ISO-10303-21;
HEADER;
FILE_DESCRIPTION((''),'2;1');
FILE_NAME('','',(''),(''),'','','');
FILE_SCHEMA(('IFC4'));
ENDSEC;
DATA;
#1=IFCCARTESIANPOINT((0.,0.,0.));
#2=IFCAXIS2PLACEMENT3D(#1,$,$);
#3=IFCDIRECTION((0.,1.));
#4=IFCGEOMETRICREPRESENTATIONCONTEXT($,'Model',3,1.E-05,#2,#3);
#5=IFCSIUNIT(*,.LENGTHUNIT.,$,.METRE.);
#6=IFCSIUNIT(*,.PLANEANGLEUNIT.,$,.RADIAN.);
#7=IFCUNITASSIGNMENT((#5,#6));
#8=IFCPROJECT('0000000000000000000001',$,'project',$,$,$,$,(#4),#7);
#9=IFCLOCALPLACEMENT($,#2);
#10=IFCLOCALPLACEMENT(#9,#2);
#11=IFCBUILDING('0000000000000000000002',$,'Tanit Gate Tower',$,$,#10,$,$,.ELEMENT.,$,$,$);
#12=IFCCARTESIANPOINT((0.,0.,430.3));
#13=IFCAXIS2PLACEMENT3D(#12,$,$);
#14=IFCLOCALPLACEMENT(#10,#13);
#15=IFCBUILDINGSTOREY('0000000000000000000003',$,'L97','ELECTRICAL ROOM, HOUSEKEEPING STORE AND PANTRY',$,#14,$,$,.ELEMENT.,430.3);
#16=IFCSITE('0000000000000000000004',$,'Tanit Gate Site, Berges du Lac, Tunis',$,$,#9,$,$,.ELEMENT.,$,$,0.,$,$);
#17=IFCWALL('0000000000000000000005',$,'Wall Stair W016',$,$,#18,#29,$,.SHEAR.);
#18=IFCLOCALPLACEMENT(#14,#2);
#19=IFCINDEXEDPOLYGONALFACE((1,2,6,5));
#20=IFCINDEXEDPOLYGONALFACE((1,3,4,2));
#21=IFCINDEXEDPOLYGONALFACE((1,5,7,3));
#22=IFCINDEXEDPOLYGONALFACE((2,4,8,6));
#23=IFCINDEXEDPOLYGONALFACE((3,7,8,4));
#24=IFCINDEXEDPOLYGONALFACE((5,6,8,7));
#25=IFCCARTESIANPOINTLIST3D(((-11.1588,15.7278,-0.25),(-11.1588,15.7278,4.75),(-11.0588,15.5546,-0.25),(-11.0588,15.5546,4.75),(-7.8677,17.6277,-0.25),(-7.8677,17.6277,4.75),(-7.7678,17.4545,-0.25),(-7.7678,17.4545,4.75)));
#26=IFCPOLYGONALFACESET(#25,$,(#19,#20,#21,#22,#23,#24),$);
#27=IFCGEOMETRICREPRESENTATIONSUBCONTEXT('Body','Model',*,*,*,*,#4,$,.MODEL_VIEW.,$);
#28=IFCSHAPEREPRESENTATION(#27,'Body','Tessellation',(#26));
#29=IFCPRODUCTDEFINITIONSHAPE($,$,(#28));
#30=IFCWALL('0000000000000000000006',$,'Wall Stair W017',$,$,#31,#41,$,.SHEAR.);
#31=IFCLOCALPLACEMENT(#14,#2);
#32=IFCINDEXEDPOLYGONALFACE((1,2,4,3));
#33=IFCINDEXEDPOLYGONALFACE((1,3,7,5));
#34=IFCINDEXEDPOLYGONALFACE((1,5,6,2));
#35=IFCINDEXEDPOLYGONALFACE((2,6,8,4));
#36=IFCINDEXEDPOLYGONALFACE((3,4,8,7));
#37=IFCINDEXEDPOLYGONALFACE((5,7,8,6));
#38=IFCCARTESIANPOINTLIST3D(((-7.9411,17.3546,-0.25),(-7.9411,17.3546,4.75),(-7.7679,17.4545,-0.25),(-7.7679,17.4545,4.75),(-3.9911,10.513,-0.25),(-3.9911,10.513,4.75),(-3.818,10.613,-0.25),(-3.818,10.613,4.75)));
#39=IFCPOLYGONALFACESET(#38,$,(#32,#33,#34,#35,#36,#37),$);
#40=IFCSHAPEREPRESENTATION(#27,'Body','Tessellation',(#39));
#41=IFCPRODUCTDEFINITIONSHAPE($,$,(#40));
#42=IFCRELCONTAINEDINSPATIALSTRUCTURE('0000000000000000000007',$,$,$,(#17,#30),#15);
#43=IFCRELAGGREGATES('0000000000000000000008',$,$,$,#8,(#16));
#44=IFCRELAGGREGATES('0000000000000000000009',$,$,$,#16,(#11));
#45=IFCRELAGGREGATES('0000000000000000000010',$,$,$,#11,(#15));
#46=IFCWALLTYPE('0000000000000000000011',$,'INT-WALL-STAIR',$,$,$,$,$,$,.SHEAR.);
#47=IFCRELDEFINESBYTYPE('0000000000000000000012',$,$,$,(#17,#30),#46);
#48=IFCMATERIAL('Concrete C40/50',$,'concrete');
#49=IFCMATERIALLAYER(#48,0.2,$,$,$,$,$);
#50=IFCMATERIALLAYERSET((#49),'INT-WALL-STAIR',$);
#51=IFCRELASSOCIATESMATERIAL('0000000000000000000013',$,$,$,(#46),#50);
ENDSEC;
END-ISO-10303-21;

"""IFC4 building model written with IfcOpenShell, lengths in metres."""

from ifc_helpers import new_model, si_unit, direction, frame, frame_2d, origin, place, context, subcontext, project, spatial, rectangle, extrude, material, layer, layer_set, type_object, element, save


model = new_model("IFC4")

# Units and contexts
model_context = context("Model", 3, precision=1e-05, world=origin(), true_north=direction((0.0, 1.0)))
body_context = subcontext(model_context, "Body", "Model", "MODEL_VIEW")
ifc_project = project(units=[si_unit("LENGTHUNIT", "METRE"), si_unit("PLANEANGLEUNIT", "RADIAN")], contexts=[model_context])

# Site, building, storey
site_placement = place(None, origin())
site = spatial("IfcSite", under=ifc_project, at=site_placement, Name="Tanit Gate Site, Berges du Lac, Tunis", CompositionType="ELEMENT", RefElevation=0.0)
building_placement = place(site_placement, origin())
building = spatial("IfcBuilding", under=site, at=building_placement, Name="Tanit Gate Tower", CompositionType="ELEMENT")
storey_placement = place(building_placement, frame((0.0, 0.0, 430.3)))
storey = spatial("IfcBuildingStorey", under=building, at=storey_placement, Name="L97", Description="ELECTRICAL ROOM, HOUSEKEEPING STORE AND PANTRY", CompositionType="ELEMENT", Elevation=430.3)

# Walls
ifc_material_1 = material(Name="Concrete C40/50", Category="concrete")
ifc_layer_1 = layer(ifc_material_1, 0.2)
ifc_layer_set_1 = layer_set([ifc_layer_1], Name="INT-WALL-STAIR")
wall_type_1 = type_object("IfcWallType", Name="INT-WALL-STAIR", PredefinedType="SHEAR", material=ifc_layer_set_1)
wall_1_placement = place(storey_placement, frame((-7.8179, 17.541, -0.25), z_axis=(0.0, 0.0, 1.0), x_axis=(-0.866044, -0.499967, 0.0)))
element("IfcWall", 1, at=wall_1_placement, inside=storey, type_object=wall_type_1, Name="Wall Stair W016", PredefinedType="SHEAR", context=body_context, shape_type="SweptSolid", body=[
    extrude(rectangle(XDim=3.8, YDim=0.2, at=frame_2d((1.8999, 0.0))), origin(), (0.0, 0.0, 1.0), 5.0),
])
wall_2_placement = place(storey_placement, frame((-7.8545, 17.4045, -0.25), z_axis=(0.0, 0.0, 1.0), x_axis=(0.499998, -0.866027, 0.0)))
element("IfcWall", 2, at=wall_2_placement, inside=storey, type_object=wall_type_1, Name="Wall Stair W017", PredefinedType="SHEAR", context=body_context, shape_type="SweptSolid", body=[
    extrude(rectangle(XDim=7.8999, YDim=0.2, at=frame_2d((3.95, 0.0))), origin(), (0.0, 0.0, 1.0), 5.0),
])

save(model, "model.ifc")
